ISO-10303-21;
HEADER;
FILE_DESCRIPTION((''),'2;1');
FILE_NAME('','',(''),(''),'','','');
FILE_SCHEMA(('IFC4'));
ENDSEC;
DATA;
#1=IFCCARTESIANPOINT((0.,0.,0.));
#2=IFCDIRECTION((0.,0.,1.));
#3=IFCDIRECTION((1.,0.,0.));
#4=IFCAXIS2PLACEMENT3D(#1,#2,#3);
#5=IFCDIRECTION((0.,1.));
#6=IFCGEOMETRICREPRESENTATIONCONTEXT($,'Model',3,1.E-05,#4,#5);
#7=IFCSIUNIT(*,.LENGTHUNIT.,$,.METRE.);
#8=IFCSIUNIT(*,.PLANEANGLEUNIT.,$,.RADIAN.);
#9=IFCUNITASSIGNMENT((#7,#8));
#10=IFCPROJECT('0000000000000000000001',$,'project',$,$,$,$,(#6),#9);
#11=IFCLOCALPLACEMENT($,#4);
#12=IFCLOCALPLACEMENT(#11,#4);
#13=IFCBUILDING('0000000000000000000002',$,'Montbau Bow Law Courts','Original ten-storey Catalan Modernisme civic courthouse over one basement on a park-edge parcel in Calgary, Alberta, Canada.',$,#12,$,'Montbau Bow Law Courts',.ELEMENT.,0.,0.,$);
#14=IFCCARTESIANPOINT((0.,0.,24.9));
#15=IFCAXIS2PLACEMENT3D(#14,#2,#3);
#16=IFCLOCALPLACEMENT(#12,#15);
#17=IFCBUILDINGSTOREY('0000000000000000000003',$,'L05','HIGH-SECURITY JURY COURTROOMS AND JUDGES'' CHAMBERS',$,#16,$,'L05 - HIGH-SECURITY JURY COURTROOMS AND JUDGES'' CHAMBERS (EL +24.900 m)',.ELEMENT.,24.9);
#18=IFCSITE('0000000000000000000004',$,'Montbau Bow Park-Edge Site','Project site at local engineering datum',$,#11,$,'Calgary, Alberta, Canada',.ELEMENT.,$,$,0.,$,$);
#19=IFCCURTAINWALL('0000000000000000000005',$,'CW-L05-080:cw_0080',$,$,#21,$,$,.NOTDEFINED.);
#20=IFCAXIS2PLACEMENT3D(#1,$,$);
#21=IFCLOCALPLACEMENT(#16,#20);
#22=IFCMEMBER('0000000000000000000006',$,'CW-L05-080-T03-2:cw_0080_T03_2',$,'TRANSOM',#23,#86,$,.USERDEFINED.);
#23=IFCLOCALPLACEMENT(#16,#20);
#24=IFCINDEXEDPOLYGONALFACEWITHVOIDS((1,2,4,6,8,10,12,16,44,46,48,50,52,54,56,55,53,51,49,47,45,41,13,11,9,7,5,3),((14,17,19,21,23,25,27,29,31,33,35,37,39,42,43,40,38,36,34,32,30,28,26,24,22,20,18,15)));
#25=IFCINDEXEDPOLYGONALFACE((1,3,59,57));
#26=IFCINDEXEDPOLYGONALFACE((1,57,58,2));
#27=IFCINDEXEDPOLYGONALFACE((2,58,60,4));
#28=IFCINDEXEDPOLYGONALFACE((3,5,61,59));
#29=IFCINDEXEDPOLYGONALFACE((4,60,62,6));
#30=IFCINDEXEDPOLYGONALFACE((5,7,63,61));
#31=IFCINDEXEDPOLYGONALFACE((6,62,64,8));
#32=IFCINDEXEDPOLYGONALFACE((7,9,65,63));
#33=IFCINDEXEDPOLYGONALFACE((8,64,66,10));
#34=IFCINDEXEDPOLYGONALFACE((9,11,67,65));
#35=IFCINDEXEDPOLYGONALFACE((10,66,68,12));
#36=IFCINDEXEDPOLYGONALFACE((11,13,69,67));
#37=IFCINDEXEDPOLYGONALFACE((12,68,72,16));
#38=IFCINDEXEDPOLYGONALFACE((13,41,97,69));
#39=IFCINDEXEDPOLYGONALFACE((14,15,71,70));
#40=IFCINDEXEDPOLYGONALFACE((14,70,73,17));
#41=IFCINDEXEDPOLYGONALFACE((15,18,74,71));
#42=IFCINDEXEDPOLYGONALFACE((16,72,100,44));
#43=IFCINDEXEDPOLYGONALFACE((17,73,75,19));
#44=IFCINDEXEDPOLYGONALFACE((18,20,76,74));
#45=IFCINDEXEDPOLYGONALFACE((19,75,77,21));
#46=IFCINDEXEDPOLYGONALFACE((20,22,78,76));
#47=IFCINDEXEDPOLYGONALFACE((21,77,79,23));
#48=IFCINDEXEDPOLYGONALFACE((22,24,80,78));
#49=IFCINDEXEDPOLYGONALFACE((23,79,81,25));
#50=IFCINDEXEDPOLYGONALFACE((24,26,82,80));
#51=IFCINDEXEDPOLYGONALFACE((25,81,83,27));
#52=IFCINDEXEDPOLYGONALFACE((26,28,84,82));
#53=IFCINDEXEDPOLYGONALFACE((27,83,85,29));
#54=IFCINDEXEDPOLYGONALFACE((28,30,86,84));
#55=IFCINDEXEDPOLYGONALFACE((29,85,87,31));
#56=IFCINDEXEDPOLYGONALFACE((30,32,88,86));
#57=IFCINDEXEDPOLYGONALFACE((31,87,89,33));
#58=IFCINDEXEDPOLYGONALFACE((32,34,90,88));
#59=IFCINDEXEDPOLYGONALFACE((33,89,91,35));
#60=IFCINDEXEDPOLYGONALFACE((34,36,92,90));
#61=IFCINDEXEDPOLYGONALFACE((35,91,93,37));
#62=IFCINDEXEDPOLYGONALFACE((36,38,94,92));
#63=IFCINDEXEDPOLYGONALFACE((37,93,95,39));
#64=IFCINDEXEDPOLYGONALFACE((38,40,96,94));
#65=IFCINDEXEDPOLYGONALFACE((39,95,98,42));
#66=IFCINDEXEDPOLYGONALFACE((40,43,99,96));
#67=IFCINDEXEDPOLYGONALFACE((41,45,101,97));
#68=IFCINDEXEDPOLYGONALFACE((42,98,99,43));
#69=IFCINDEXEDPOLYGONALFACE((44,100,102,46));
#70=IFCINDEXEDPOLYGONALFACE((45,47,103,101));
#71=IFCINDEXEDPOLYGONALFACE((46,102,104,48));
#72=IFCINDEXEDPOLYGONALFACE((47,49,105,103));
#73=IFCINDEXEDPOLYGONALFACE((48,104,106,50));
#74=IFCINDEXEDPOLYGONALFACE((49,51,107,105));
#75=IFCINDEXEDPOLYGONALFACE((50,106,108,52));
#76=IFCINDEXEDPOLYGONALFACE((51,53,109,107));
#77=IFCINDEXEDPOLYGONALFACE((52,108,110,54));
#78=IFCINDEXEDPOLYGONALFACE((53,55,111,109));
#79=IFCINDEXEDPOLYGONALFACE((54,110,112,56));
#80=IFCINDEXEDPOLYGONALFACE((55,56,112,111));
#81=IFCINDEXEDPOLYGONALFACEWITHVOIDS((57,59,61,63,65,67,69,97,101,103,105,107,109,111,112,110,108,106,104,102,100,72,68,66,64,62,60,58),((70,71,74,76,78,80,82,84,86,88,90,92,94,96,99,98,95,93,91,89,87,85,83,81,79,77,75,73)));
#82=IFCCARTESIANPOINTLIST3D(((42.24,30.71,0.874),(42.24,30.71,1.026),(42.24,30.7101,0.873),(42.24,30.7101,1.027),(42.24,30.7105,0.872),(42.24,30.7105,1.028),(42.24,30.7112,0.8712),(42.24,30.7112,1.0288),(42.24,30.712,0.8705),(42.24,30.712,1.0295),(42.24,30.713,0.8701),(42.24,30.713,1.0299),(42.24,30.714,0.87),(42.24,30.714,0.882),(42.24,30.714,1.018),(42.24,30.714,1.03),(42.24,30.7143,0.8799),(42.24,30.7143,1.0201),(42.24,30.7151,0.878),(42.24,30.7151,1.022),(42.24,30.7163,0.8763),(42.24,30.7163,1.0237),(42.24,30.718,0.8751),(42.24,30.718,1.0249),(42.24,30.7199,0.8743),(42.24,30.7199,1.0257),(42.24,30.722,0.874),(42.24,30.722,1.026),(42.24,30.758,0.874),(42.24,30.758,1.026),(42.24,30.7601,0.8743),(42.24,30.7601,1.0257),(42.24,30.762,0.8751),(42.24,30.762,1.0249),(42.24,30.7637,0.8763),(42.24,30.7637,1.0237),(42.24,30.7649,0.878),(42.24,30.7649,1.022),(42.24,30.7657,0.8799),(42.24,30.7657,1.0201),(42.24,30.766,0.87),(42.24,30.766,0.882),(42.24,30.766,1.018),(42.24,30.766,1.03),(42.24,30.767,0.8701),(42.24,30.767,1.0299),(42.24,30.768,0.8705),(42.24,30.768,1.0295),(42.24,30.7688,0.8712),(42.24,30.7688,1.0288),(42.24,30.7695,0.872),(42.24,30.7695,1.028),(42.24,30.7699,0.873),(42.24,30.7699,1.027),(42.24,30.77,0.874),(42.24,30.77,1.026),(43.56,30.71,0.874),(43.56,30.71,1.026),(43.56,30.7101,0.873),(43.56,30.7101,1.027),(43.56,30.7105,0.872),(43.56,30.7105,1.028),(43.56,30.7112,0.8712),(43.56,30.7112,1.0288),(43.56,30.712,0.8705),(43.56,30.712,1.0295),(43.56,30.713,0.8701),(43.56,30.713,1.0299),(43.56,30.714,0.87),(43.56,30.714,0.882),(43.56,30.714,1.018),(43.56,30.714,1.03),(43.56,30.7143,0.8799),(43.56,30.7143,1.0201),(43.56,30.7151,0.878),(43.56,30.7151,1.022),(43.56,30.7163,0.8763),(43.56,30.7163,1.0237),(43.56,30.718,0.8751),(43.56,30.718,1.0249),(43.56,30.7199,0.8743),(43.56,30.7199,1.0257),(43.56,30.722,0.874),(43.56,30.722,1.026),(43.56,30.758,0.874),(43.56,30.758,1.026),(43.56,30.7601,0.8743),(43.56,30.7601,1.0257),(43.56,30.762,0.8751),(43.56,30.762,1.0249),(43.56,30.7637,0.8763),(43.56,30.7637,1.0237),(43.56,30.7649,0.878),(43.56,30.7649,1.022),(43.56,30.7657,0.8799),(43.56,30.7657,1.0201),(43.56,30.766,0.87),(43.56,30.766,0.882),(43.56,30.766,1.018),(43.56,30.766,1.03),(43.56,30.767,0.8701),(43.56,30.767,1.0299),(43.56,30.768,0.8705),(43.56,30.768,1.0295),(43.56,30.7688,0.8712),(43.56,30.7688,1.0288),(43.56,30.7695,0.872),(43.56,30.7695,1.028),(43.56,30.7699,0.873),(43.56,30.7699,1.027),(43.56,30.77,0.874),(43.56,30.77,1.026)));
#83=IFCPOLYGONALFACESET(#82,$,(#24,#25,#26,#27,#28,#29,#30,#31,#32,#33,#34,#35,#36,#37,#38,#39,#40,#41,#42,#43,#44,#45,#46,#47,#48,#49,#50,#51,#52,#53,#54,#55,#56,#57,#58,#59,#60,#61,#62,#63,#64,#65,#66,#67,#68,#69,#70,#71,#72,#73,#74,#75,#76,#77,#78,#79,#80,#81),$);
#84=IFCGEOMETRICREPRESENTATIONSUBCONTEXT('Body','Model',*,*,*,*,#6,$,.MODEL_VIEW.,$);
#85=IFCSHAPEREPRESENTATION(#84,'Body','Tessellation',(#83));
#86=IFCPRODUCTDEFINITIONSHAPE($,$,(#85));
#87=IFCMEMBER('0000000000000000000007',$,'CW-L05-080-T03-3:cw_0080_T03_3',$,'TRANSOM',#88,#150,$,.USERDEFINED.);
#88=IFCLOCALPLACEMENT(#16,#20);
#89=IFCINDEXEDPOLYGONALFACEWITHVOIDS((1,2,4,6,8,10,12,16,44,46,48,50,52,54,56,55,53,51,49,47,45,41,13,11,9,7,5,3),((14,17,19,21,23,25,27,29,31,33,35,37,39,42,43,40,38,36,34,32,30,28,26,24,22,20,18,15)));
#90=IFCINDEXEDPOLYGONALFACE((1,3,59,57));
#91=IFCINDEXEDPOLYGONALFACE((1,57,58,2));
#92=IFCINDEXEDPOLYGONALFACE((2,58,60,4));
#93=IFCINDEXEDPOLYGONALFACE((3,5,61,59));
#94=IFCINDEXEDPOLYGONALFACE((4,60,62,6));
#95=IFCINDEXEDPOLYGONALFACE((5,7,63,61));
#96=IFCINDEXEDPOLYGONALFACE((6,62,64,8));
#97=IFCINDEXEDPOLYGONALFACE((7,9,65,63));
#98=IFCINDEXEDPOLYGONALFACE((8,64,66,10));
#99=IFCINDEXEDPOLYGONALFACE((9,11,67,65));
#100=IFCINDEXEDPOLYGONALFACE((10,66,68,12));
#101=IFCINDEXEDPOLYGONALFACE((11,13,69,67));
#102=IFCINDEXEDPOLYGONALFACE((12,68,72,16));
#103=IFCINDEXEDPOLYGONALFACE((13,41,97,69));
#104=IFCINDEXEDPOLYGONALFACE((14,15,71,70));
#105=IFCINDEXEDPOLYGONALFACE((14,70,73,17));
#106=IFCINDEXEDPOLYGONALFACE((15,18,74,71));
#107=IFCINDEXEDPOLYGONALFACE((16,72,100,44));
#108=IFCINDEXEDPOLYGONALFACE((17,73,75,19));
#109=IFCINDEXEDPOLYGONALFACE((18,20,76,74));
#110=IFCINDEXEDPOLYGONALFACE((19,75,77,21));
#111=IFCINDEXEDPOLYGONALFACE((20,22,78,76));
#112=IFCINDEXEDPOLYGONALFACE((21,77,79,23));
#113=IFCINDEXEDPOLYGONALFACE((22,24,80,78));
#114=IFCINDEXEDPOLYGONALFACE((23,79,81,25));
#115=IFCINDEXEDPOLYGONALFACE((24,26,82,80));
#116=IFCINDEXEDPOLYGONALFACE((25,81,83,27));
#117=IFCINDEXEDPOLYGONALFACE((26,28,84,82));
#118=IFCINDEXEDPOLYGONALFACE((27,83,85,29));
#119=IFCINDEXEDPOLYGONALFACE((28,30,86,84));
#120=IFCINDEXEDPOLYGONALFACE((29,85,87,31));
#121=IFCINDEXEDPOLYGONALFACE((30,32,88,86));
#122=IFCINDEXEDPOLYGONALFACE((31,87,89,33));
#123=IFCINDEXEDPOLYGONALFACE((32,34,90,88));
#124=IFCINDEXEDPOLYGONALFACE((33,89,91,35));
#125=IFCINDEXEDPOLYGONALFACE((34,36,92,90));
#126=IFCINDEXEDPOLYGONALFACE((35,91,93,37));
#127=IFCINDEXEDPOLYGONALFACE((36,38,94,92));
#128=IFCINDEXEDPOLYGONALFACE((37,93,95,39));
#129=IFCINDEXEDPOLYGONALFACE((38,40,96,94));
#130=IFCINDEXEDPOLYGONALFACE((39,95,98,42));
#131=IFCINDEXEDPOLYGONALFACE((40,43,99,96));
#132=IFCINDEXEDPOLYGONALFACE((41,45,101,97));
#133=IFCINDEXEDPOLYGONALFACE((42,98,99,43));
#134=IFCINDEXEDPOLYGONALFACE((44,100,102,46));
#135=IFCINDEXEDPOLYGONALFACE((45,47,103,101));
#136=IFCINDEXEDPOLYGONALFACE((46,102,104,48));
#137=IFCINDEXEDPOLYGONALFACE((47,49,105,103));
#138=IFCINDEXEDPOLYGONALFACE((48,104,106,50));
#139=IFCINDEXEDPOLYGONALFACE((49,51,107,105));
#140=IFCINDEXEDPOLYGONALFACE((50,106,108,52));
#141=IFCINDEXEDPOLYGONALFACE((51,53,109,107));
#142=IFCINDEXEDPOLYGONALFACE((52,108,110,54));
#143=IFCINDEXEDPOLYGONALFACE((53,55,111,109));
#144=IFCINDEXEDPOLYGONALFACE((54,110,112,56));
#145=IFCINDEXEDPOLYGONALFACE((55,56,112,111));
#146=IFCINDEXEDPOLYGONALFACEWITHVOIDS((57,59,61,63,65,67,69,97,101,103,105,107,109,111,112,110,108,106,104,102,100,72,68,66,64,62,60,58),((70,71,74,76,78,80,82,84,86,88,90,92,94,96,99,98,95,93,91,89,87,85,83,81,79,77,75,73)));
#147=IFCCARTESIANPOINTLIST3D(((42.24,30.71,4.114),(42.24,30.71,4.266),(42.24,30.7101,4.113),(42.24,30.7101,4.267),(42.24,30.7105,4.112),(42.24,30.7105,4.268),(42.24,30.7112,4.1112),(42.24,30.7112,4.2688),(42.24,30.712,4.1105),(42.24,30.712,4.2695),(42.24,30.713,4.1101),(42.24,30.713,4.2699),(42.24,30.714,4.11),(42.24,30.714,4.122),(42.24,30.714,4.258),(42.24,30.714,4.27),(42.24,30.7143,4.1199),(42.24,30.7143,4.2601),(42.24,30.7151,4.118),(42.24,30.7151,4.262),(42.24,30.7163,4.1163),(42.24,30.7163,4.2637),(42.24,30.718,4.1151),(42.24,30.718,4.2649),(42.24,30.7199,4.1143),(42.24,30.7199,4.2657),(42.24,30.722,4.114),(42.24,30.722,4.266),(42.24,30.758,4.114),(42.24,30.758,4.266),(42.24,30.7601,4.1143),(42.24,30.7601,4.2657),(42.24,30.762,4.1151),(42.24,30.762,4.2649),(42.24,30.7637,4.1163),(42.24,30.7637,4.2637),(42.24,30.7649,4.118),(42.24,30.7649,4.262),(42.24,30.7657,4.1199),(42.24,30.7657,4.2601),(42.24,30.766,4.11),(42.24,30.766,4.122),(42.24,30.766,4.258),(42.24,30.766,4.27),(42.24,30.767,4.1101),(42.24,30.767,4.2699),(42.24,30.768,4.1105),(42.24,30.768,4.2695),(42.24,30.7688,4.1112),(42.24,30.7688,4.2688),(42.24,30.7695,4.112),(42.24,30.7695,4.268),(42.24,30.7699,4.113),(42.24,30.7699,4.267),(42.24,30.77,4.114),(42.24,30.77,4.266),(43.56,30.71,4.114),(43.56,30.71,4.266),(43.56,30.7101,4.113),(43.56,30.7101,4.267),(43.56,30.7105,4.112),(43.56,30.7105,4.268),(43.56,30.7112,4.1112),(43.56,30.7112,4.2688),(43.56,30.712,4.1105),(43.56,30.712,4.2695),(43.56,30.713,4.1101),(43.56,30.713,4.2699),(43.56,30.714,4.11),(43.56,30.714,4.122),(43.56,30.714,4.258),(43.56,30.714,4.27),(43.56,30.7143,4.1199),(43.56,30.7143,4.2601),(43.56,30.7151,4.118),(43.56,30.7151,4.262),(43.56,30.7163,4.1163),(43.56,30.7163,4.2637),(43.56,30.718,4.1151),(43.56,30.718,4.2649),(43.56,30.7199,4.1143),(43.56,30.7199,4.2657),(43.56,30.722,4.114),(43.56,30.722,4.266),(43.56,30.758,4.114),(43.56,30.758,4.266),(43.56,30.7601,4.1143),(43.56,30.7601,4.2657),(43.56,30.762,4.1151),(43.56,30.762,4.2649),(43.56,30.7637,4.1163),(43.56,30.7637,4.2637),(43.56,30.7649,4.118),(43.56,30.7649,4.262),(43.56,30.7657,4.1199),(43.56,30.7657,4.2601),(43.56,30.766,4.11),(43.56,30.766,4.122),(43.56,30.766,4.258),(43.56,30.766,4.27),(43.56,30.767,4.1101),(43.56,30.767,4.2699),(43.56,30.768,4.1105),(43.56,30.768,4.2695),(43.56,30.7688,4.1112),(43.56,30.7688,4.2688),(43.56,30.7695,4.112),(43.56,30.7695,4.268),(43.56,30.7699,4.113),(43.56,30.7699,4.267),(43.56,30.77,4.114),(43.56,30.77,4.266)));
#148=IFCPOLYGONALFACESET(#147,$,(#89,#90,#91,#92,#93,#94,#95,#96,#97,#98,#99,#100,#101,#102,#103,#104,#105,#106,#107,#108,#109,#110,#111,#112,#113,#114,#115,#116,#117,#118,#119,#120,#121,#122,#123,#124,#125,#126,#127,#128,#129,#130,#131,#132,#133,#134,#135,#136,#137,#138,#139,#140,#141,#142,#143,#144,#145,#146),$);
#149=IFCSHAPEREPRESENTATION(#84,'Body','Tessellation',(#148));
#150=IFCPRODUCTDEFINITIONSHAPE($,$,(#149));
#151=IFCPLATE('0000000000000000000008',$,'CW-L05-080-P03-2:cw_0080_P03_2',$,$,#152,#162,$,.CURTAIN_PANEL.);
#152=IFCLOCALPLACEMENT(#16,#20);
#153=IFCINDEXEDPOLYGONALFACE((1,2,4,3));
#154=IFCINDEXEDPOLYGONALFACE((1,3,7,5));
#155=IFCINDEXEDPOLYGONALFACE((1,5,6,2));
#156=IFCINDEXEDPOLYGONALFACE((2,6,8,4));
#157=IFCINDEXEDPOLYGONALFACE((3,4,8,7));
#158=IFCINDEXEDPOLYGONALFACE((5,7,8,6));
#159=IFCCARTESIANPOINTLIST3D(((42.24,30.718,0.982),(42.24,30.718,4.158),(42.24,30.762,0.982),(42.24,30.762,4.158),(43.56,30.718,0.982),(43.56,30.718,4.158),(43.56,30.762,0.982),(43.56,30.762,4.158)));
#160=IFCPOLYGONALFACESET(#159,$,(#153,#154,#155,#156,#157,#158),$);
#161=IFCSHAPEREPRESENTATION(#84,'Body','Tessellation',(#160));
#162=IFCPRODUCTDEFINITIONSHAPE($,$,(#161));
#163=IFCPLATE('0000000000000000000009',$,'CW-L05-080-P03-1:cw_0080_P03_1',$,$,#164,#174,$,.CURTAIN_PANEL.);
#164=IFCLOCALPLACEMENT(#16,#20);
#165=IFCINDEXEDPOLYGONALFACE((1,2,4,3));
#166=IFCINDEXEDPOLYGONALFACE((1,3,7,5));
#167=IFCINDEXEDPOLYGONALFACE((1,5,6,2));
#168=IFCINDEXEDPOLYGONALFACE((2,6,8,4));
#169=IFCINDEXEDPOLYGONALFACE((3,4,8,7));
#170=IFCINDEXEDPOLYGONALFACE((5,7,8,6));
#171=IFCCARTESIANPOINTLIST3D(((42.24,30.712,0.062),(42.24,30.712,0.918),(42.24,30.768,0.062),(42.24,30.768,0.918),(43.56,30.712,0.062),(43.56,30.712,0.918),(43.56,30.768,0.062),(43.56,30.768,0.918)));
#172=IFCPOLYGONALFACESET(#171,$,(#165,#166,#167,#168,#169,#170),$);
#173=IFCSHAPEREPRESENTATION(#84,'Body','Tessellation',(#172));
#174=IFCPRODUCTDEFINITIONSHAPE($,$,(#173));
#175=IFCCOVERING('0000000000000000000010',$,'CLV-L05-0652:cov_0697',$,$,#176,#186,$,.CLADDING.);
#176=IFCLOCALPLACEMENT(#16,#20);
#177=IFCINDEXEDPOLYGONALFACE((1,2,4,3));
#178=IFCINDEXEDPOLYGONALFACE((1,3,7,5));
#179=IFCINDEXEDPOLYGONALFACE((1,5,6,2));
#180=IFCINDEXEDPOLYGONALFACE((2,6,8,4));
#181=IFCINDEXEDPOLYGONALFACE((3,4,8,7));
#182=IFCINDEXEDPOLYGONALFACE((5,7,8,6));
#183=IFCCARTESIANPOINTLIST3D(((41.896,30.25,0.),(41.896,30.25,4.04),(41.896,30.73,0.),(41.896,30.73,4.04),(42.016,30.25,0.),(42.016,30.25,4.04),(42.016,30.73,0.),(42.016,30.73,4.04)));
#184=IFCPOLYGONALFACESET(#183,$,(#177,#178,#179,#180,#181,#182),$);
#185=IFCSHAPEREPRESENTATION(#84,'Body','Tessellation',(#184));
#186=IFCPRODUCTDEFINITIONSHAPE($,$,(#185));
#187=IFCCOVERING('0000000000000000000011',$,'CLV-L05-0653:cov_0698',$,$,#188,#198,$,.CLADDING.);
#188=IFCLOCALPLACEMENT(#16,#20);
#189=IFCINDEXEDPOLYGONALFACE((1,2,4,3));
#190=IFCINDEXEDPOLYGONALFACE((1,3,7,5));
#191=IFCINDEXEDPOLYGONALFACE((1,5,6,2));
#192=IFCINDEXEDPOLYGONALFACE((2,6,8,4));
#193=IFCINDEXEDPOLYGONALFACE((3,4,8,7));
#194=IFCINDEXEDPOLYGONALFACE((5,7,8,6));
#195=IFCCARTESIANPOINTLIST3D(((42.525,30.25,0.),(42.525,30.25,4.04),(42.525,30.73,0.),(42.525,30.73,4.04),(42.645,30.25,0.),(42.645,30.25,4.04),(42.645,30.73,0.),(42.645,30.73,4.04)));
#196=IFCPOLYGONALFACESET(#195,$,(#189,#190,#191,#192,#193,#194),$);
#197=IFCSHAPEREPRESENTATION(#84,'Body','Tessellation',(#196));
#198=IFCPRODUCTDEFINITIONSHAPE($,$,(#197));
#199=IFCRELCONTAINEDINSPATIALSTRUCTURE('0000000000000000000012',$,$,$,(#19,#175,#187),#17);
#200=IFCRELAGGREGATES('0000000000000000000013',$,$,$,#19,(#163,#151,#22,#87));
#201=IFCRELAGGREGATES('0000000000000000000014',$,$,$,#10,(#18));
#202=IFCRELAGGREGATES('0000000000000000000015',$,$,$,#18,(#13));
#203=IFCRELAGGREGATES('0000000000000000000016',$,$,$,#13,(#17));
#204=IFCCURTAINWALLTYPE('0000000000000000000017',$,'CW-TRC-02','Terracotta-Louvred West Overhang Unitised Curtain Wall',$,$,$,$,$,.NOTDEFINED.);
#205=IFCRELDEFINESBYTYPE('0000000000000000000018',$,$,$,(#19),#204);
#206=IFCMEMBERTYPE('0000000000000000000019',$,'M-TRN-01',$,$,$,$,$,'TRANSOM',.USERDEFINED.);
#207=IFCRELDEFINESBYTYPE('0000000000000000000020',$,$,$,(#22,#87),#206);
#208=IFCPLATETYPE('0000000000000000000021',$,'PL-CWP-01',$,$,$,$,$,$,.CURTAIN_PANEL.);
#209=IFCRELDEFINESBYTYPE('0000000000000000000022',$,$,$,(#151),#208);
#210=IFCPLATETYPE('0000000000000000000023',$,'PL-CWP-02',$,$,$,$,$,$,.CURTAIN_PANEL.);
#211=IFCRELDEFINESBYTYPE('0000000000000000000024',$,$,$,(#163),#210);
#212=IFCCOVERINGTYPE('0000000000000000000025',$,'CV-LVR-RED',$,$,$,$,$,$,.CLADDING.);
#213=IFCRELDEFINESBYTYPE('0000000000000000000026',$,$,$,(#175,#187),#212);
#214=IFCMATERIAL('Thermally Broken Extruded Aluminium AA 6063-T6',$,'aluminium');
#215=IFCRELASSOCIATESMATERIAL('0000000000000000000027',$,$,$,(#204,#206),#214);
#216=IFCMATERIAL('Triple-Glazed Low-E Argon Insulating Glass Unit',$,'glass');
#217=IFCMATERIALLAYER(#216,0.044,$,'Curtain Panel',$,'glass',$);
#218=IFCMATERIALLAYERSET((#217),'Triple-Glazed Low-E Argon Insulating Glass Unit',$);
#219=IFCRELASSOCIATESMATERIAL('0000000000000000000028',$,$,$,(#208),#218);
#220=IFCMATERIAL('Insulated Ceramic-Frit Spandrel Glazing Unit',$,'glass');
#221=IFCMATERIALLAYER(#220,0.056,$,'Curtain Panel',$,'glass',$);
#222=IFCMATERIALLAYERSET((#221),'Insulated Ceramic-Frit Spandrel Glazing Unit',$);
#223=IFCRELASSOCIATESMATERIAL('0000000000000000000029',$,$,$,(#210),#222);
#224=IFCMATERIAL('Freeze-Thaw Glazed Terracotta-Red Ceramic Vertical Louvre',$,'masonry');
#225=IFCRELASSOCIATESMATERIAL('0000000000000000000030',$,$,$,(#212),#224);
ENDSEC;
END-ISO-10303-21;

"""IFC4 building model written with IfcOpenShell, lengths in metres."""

from ifc_helpers import new_model, si_unit, direction, frame, frame_2d, origin_with_axes, origin_2d_with_axis, place, context, subcontext, project, spatial, rectangle, hollow_rectangle, extrude, material, layer, layer_set, material_profile, profile_set, type_object, element, aggregate, save


model = new_model("IFC4")

# Units and contexts
model_context = context("Model", 3, precision=1e-05, world=origin_with_axes(), true_north=direction((0.0, 1.0)))
body_context = subcontext(model_context, "Body", "Model", "MODEL_VIEW")
ifc_project = project(units=[si_unit("LENGTHUNIT", "METRE"), si_unit("PLANEANGLEUNIT", "RADIAN")], contexts=[model_context])

# Site, building, storey
site_placement = place(None, origin_with_axes())
site = spatial("IfcSite", under=ifc_project, at=site_placement, Name="Montbau Bow Park-Edge Site", Description="Project site at local engineering datum", LongName="Calgary, Alberta, Canada", CompositionType="ELEMENT", RefElevation=0.0)
building_placement = place(site_placement, origin_with_axes())
building = spatial("IfcBuilding", under=site, at=building_placement, Name="Montbau Bow Law Courts", Description="Original ten-storey Catalan Modernisme civic courthouse over one basement on a park-edge parcel in Calgary, Alberta, Canada.", LongName="Montbau Bow Law Courts", CompositionType="ELEMENT", ElevationOfRefHeight=0.0, ElevationOfTerrain=0.0)
storey_placement = place(building_placement, frame((0.0, 0.0, 24.9), z_axis=(0.0, 0.0, 1.0), x_axis=(1.0, 0.0, 0.0)))
storey = spatial("IfcBuildingStorey", under=building, at=storey_placement, Name="L05", Description="HIGH-SECURITY JURY COURTROOMS AND JUDGES' CHAMBERS", LongName="L05 - HIGH-SECURITY JURY COURTROOMS AND JUDGES' CHAMBERS (EL +24.900 m)", CompositionType="ELEMENT", Elevation=24.9)

# Curtain wall, members, plates
ifc_material_1 = material(Name="Thermally Broken Extruded Aluminium AA 6063-T6", Category="aluminium")
curtain_wall_type = type_object("IfcCurtainWallType", Name="CW-TRC-02", Description="Terracotta-Louvred West Overhang Unitised Curtain Wall", PredefinedType="NOTDEFINED", material=ifc_material_1)
curtain_wall_placement = place(None, frame((39.44, 30.74, 24.9), z_axis=(0.0, 0.0, 1.0), x_axis=(1.0, 0.0, 0.0)))
curtain_wall = element("IfcCurtainWall", 1, at=curtain_wall_placement, inside=storey, type_object=curtain_wall_type, Name="CW-L05-080:cw_0080", PredefinedType="NOTDEFINED")
ifc_material_profile_1 = material_profile(ifc_material_1, hollow_rectangle(XDim=0.06, YDim=0.16, WallThickness=0.004, InnerFilletRadius=0.008, OuterFilletRadius=0.004, at=origin_2d_with_axis()), Name="CWT-160X60", Category="Main", Priority=0)
ifc_profile_set_1 = profile_set([ifc_material_profile_1], Name="Thermally Broken Extruded Aluminium AA 6063-T6")
member_type_1 = type_object("IfcMemberType", Name="M-TRN-01", ElementType="TRANSOM", PredefinedType="USERDEFINED", material=ifc_profile_set_1)
member_1_placement = place(None, frame((42.24, 30.74, 25.85), z_axis=(1.0, 0.0, 0.0), x_axis=(0.0, 1.0, 0.0)))
member_1 = element("IfcMember", 2, at=member_1_placement, type_object=member_type_1, Name="CW-L05-080-T03-2:cw_0080_T03_2", ObjectType="TRANSOM", PredefinedType="USERDEFINED", context=body_context, shape_type="SweptSolid", body=[
    extrude(hollow_rectangle(XDim=0.06, YDim=0.16, WallThickness=0.004, InnerFilletRadius=0.008, OuterFilletRadius=0.004, at=origin_2d_with_axis()), origin_with_axes(), (0.0, 0.0, 1.0), 1.32),
])
member_2_placement = place(None, frame((42.24, 30.74, 29.09), z_axis=(1.0, 0.0, 0.0), x_axis=(0.0, 1.0, 0.0)))
member_2 = element("IfcMember", 3, at=member_2_placement, type_object=member_type_1, Name="CW-L05-080-T03-3:cw_0080_T03_3", ObjectType="TRANSOM", PredefinedType="USERDEFINED", context=body_context, shape_type="SweptSolid", body=[
    extrude(hollow_rectangle(XDim=0.06, YDim=0.16, WallThickness=0.004, InnerFilletRadius=0.008, OuterFilletRadius=0.004, at=origin_2d_with_axis()), origin_with_axes(), (0.0, 0.0, 1.0), 1.32),
])
ifc_material_2 = material(Name="Triple-Glazed Low-E Argon Insulating Glass Unit", Category="glass")
ifc_layer_1 = layer(ifc_material_2, 0.044, Name="Curtain Panel", Category="glass")
ifc_layer_set_1 = layer_set([ifc_layer_1], Name="Triple-Glazed Low-E Argon Insulating Glass Unit")
plate_type_1 = type_object("IfcPlateType", Name="PL-CWP-01", PredefinedType="CURTAIN_PANEL", material=ifc_layer_set_1)
plate_1_placement = place(None, frame((42.24, 30.74, 25.882), z_axis=(0.0, -1.0, 0.0), x_axis=(1.0, 0.0, 0.0)))
plate_1 = element("IfcPlate", 4, at=plate_1_placement, type_object=plate_type_1, Name="CW-L05-080-P03-2:cw_0080_P03_2", PredefinedType="CURTAIN_PANEL", context=body_context, shape_type="SweptSolid", body=[
    extrude(rectangle(XDim=1.32, YDim=3.176, at=frame_2d((0.66, 1.588), x_axis=(1.0, 0.0))), frame((0.0, 0.0, -0.022), z_axis=(0.0, 0.0, 1.0), x_axis=(1.0, 0.0, 0.0)), (0.0, 0.0, 1.0), 0.044),
])
ifc_material_3 = material(Name="Insulated Ceramic-Frit Spandrel Glazing Unit", Category="glass")
ifc_layer_2 = layer(ifc_material_3, 0.056, Name="Curtain Panel", Category="glass")
ifc_layer_set_2 = layer_set([ifc_layer_2], Name="Insulated Ceramic-Frit Spandrel Glazing Unit")
plate_type_2 = type_object("IfcPlateType", Name="PL-CWP-02", PredefinedType="CURTAIN_PANEL", material=ifc_layer_set_2)
plate_2_placement = place(None, frame((42.24, 30.74, 24.962), z_axis=(0.0, -1.0, 0.0), x_axis=(1.0, 0.0, 0.0)))
plate_2 = element("IfcPlate", 5, at=plate_2_placement, type_object=plate_type_2, Name="CW-L05-080-P03-1:cw_0080_P03_1", PredefinedType="CURTAIN_PANEL", context=body_context, shape_type="SweptSolid", body=[
    extrude(rectangle(XDim=1.32, YDim=0.856, at=frame_2d((0.66, 0.428), x_axis=(1.0, 0.0))), frame((0.0, 0.0, -0.028), z_axis=(0.0, 0.0, 1.0), x_axis=(1.0, 0.0, 0.0)), (0.0, 0.0, 1.0), 0.056),
])
aggregate(curtain_wall, [plate_2, plate_1, member_1, member_2])

# Coverings
ifc_material_4 = material(Name="Freeze-Thaw Glazed Terracotta-Red Ceramic Vertical Louvre", Category="masonry")
covering_type = type_object("IfcCoveringType", Name="CV-LVR-RED", PredefinedType="CLADDING", material=ifc_material_4)
for number, where, z_axis, x_axis, name in (
    (6, (41.956, 30.73, 24.9), (-1.0, 0.0, 0.0), (0.0, -1.0, 0.0), "CLV-L05-0652:cov_0697"),
    (7, (42.585, 30.73, 24.9), (-1.0, 0.0, 0.0), (0.0, -1.0, 0.0), "CLV-L05-0653:cov_0698"),
):
    element("IfcCovering", number, at=place(None, frame(where, z_axis=z_axis, x_axis=x_axis)), inside=storey, type_object=covering_type, Name=name, PredefinedType="CLADDING", context=body_context, shape_type="SweptSolid", body=[
        extrude(rectangle(XDim=0.48, YDim=4.04, at=frame_2d((0.24, 2.02), x_axis=(1.0, 0.0))), frame((0.0, 0.0, -0.06), z_axis=(0.0, 0.0, 1.0), x_axis=(1.0, 0.0, 0.0)), (0.0, 0.0, 1.0), 0.12),
    ])

save(model, "model.ifc")
